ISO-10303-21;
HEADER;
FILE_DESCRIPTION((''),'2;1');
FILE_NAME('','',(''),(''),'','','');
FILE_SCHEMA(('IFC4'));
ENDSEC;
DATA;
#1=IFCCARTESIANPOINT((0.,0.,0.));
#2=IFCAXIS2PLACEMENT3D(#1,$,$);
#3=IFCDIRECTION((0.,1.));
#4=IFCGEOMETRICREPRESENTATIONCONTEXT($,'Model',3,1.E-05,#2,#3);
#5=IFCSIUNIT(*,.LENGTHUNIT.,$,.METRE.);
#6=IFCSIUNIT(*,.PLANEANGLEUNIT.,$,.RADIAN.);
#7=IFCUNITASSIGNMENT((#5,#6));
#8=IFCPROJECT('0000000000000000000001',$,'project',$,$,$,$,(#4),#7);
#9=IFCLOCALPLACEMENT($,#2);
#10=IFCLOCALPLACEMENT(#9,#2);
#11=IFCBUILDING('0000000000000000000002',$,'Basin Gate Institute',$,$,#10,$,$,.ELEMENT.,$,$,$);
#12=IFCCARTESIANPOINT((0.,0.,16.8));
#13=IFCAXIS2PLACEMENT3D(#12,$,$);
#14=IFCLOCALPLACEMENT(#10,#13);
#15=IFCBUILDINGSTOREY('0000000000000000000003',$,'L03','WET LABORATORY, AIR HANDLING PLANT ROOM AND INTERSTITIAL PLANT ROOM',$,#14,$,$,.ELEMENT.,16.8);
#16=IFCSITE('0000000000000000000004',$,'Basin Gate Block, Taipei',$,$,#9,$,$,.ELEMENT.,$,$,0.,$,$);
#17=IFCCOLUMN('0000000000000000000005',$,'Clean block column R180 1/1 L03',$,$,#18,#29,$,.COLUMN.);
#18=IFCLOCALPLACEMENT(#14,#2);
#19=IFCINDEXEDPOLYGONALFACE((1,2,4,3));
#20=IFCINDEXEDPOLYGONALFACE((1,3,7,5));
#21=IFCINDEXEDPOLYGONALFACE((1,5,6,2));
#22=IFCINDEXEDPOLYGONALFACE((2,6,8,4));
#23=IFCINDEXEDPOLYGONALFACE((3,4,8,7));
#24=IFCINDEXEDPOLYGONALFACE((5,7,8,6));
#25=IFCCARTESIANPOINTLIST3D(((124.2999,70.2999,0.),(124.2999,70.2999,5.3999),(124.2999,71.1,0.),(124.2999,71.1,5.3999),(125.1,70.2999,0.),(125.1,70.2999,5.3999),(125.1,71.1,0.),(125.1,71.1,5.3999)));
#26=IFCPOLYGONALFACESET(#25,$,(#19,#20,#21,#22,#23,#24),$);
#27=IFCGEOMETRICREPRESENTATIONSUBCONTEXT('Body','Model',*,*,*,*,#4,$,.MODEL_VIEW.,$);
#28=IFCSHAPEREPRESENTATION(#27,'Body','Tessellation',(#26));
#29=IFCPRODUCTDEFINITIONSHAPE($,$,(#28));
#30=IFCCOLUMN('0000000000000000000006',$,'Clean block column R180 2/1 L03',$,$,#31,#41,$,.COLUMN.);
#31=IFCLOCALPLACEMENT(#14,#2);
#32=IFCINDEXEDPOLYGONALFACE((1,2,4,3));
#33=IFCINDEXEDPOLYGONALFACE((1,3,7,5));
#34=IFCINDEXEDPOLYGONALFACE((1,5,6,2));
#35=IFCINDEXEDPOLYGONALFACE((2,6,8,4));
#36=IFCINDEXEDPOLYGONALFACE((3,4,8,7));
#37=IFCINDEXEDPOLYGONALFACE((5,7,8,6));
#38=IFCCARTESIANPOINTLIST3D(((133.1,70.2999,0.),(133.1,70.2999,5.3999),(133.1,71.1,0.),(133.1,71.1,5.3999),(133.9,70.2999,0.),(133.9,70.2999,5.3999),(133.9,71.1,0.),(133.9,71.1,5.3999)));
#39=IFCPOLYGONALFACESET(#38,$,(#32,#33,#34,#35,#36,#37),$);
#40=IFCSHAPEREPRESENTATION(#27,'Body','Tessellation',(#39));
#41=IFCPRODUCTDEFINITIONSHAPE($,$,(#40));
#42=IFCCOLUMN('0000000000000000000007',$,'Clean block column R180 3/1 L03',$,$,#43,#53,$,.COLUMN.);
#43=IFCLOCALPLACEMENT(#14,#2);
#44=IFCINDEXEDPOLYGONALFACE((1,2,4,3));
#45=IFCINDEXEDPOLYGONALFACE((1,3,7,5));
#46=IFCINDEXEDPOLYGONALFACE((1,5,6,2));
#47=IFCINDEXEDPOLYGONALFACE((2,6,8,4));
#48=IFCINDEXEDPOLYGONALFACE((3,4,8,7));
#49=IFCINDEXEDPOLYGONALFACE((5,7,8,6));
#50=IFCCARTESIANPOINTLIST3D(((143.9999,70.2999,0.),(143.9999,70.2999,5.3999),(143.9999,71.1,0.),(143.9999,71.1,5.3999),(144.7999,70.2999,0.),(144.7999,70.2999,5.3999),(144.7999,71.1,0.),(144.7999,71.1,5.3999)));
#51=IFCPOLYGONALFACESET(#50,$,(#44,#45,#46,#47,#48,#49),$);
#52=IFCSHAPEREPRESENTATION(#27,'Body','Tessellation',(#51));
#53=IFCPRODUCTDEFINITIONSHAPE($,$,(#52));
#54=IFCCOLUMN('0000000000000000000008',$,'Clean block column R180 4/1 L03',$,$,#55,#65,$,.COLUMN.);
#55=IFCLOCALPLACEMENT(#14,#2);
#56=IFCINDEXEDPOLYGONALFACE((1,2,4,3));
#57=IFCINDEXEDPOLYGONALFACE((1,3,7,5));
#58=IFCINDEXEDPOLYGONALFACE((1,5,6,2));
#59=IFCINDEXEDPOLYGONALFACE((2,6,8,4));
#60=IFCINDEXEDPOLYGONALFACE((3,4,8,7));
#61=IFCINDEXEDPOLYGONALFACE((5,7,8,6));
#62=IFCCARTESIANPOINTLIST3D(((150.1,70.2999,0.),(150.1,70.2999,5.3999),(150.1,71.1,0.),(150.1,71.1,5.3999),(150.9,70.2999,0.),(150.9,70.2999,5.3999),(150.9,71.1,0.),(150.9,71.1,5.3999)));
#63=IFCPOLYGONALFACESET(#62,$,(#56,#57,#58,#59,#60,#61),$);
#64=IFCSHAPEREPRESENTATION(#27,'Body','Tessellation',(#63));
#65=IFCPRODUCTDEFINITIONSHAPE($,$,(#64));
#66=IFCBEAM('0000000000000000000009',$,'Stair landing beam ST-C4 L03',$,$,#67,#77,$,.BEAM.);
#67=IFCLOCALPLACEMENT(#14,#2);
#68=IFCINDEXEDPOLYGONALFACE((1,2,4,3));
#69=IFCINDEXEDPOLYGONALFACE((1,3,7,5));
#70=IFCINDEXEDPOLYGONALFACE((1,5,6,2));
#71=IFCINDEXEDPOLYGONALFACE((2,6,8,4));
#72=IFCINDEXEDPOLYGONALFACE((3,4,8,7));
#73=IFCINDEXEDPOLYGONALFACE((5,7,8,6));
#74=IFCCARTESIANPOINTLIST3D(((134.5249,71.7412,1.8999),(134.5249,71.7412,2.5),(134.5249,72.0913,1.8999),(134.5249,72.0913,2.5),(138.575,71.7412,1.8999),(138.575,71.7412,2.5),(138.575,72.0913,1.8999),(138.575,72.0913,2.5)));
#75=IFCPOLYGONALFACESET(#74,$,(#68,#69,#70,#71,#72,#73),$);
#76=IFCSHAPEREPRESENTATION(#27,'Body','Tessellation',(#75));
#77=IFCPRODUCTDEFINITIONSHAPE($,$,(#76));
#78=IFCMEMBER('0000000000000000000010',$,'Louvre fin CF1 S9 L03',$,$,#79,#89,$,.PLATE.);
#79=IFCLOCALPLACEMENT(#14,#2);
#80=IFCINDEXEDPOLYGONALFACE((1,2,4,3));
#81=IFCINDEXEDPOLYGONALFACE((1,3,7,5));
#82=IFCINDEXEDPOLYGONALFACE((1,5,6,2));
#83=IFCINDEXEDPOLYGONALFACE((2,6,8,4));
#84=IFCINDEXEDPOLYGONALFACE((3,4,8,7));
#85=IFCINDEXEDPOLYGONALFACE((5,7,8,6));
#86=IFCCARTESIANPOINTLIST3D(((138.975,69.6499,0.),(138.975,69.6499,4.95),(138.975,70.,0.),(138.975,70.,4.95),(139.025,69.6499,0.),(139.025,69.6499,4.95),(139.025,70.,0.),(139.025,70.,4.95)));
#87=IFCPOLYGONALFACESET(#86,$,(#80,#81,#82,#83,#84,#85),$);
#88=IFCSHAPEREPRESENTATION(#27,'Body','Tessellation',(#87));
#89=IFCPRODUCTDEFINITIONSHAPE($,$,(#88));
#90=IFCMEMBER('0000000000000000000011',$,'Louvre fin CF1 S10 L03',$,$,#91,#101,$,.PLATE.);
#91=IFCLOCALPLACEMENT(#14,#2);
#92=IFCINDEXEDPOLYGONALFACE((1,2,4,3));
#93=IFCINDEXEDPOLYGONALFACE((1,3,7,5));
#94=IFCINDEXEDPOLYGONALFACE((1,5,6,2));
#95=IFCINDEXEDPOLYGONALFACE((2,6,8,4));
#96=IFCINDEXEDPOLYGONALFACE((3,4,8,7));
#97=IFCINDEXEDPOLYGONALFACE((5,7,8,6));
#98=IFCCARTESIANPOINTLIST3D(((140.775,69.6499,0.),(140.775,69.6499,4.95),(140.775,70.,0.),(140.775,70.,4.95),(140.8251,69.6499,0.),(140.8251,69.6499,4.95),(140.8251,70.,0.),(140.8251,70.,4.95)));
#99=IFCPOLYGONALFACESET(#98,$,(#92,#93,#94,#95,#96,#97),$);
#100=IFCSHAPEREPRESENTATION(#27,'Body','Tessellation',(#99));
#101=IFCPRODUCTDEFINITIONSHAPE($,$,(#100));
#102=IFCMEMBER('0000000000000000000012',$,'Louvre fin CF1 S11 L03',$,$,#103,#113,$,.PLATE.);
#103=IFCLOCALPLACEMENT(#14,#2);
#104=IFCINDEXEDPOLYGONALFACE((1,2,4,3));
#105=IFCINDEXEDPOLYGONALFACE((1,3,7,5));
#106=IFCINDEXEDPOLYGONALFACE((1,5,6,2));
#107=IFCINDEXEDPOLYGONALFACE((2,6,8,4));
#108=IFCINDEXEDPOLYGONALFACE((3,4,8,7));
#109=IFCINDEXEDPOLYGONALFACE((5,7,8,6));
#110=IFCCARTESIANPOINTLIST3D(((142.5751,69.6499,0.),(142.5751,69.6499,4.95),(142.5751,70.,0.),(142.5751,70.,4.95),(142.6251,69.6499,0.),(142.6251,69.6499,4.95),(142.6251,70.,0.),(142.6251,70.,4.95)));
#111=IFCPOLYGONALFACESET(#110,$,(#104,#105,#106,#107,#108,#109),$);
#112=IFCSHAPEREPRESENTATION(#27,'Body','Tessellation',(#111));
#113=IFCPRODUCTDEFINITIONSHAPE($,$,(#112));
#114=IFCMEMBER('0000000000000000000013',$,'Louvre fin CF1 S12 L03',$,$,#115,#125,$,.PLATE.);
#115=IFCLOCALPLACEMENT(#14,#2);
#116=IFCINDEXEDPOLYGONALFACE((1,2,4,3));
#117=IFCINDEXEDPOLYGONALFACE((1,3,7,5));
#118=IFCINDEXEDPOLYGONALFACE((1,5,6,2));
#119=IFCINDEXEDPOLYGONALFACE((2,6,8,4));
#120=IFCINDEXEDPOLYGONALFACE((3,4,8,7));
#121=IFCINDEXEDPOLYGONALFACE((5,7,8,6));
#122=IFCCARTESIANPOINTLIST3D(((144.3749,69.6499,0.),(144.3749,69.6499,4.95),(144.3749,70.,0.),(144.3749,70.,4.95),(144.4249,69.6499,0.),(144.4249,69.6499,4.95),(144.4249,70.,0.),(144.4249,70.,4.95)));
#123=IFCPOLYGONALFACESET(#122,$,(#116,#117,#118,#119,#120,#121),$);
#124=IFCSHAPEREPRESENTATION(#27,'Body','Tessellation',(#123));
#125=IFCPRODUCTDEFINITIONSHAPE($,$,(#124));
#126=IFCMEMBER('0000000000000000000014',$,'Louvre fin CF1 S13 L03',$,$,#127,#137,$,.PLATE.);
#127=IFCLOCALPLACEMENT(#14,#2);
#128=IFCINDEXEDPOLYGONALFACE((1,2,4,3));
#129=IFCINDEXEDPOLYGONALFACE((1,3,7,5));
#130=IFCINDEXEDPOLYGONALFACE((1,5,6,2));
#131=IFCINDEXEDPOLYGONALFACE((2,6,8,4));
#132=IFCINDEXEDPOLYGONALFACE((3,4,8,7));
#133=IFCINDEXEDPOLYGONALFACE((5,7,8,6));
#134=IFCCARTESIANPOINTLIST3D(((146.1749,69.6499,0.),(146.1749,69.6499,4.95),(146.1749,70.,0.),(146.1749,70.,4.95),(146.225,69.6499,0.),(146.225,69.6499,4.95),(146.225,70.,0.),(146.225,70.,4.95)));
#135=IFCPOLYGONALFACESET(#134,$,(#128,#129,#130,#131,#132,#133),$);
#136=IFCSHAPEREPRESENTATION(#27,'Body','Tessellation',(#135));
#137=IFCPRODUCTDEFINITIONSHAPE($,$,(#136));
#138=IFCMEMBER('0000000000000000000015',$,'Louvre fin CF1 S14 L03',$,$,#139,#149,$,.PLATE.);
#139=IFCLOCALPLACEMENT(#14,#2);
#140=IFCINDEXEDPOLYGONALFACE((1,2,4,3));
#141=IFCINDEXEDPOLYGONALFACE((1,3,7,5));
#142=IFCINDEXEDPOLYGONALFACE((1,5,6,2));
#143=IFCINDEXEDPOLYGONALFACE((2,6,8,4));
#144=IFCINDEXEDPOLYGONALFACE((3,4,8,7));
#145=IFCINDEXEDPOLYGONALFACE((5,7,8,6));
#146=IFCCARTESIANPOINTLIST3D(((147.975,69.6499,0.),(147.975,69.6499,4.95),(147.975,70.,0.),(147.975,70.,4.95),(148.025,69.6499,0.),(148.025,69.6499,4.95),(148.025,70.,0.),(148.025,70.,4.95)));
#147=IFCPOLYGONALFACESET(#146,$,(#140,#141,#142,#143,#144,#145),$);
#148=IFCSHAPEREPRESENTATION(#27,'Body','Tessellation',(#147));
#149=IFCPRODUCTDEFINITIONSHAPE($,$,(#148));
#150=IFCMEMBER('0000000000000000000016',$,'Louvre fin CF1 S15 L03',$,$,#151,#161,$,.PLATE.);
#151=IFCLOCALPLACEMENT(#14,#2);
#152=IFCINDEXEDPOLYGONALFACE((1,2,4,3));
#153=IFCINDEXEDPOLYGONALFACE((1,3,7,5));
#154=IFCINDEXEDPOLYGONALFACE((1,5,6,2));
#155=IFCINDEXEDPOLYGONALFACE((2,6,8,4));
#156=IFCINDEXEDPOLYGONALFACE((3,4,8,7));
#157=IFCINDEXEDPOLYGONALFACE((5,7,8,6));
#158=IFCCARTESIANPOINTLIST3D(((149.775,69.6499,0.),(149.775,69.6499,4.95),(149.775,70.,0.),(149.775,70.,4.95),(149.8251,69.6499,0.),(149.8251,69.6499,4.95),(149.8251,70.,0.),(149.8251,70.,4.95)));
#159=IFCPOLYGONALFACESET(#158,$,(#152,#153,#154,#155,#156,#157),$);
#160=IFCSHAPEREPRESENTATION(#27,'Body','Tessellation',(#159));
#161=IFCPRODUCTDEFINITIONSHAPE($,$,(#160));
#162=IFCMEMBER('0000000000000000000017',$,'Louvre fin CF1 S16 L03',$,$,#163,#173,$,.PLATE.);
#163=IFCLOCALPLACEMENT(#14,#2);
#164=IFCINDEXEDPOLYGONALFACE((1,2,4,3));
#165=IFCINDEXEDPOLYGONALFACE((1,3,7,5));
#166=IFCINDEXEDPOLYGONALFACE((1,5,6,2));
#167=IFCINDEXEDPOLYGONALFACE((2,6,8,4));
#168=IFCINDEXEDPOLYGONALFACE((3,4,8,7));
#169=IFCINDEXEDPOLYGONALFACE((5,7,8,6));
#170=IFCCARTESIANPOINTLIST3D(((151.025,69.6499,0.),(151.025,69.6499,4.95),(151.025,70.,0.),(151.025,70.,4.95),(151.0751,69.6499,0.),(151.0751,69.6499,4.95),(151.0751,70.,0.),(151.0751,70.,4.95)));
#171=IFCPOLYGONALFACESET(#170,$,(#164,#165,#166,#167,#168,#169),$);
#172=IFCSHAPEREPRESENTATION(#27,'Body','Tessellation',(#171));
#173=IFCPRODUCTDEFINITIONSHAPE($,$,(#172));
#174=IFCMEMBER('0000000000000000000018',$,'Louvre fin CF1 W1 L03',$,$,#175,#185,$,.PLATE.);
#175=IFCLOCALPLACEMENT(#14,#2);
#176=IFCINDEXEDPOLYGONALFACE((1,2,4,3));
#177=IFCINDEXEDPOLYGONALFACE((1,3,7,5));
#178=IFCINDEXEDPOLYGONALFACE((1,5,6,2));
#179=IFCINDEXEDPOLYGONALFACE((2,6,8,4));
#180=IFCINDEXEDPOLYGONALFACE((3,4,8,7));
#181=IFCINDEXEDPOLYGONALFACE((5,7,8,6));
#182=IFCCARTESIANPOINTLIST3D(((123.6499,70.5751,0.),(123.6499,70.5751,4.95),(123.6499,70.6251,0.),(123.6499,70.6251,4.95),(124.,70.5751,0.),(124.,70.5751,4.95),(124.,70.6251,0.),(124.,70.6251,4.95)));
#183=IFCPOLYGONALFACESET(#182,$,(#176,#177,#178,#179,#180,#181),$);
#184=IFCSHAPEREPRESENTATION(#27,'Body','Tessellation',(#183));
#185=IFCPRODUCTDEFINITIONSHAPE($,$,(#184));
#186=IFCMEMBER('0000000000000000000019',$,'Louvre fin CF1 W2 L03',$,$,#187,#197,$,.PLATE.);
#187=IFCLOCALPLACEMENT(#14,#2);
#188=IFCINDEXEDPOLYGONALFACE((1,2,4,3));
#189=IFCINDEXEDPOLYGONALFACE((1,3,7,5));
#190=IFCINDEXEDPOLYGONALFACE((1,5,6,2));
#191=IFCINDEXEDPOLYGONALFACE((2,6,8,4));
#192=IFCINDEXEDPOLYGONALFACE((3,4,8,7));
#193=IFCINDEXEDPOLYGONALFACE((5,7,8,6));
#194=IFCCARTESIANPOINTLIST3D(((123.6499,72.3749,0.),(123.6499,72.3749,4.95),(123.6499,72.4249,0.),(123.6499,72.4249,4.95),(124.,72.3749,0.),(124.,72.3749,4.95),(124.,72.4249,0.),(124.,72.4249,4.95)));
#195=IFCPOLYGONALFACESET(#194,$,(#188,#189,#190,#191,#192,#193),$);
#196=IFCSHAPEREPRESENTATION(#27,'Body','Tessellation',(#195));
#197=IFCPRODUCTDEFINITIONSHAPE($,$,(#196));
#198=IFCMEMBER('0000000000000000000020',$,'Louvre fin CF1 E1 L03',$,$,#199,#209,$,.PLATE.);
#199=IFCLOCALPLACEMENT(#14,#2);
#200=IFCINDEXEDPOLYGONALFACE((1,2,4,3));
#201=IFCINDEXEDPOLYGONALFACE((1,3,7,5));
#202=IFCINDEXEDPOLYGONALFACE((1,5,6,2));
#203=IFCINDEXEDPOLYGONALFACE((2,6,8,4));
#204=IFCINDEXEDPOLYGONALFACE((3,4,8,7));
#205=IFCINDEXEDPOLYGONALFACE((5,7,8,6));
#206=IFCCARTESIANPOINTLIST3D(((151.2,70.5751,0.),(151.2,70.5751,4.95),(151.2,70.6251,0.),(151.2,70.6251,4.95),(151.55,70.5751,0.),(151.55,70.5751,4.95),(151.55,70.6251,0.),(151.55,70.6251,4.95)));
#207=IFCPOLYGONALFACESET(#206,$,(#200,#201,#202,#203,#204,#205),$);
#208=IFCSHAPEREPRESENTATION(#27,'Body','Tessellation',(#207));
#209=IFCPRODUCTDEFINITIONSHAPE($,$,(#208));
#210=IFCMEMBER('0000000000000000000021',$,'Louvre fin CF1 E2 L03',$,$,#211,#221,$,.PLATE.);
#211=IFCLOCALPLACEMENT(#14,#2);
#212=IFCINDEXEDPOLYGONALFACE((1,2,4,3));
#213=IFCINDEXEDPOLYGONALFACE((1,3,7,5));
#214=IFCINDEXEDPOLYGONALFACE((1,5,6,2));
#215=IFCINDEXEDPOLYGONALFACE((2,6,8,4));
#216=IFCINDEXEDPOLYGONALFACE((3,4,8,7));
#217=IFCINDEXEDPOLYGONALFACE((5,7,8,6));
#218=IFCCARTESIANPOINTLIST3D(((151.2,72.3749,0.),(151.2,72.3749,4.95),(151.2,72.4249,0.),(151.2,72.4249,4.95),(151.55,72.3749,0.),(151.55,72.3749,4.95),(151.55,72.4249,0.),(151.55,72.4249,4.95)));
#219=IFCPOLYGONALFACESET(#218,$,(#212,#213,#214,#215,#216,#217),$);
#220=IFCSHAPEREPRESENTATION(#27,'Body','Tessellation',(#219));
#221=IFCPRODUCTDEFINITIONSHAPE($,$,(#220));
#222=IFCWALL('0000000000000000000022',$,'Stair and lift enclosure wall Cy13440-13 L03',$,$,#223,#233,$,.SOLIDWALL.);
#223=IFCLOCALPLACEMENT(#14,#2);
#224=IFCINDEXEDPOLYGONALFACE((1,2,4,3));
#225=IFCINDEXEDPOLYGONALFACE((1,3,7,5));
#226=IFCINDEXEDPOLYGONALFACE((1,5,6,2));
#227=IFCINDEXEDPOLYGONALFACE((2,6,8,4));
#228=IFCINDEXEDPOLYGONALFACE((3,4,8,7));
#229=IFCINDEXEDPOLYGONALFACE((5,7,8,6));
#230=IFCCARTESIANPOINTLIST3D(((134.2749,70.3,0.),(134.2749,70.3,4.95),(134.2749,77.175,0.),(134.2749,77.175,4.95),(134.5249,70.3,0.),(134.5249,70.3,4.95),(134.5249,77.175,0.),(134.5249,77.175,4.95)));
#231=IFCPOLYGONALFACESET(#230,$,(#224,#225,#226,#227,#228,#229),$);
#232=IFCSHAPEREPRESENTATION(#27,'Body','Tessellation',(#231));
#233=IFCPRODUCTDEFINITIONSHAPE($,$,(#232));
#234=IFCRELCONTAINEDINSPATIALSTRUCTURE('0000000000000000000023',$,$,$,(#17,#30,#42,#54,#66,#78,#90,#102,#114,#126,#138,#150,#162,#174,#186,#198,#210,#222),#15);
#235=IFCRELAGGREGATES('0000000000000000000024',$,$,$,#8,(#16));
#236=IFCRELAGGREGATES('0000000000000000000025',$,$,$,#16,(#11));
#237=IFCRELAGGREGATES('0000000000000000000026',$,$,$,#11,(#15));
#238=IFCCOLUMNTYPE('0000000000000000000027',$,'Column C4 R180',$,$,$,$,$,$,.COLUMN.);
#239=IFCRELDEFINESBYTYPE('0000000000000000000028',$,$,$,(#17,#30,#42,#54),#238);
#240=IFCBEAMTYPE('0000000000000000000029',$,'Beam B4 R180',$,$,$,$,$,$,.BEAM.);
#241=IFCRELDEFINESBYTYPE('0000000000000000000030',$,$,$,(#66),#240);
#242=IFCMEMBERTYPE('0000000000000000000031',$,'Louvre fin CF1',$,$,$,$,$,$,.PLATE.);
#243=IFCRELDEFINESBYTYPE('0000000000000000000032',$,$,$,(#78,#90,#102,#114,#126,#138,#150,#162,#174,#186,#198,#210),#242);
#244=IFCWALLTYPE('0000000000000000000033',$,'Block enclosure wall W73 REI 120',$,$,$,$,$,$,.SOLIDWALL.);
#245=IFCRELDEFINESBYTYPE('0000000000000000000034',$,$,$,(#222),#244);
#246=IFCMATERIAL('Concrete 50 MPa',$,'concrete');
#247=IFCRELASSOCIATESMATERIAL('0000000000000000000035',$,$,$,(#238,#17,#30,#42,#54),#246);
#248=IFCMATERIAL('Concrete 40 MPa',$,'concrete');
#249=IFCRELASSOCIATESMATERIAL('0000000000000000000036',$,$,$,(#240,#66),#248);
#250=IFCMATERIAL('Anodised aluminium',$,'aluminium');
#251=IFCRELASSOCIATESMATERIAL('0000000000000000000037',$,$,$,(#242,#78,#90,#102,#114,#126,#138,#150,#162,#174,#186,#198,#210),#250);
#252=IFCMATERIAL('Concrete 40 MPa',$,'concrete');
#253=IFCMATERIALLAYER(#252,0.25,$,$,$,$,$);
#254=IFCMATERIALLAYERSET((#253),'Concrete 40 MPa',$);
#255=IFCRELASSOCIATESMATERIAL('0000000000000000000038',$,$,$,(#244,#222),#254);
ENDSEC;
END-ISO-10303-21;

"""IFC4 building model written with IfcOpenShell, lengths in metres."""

from ifc_helpers import new_model, si_unit, direction, frame, frame_2d, origin, origin_2d, place, context, subcontext, project, spatial, rectangle, extrude, material, layer, layer_set, material_profile, profile_set, type_object, element, save


model = new_model("IFC4")

# Units and contexts
model_context = context("Model", 3, precision=1e-05, world=origin(), true_north=direction((0.0, 1.0)))
body_context = subcontext(model_context, "Body", "Model", "MODEL_VIEW")
ifc_project = project(units=[si_unit("LENGTHUNIT", "METRE"), si_unit("PLANEANGLEUNIT", "RADIAN")], contexts=[model_context])

# Site, building, storey
site_placement = place(None, origin())
site = spatial("IfcSite", under=ifc_project, at=site_placement, Name="Basin Gate Block, Taipei", CompositionType="ELEMENT", RefElevation=0.0)
building_placement = place(site_placement, origin())
building = spatial("IfcBuilding", under=site, at=building_placement, Name="Basin Gate Institute", CompositionType="ELEMENT")
storey_placement = place(building_placement, frame((0.0, 0.0, 16.8)))
storey = spatial("IfcBuildingStorey", under=building, at=storey_placement, Name="L03", Description="WET LABORATORY, AIR HANDLING PLANT ROOM AND INTERSTITIAL PLANT ROOM", CompositionType="ELEMENT", Elevation=16.8)

# Columns
ifc_material_1 = material(Name="Concrete 50 MPa", Category="concrete")
ifc_material_profile_1 = material_profile(ifc_material_1, rectangle(XDim=0.8, YDim=0.8, at=origin_2d()), Name="Column C4 800 x 800")
ifc_profile_set_1 = profile_set([ifc_material_profile_1], Name="Concrete 50 MPa")
column_type = type_object("IfcColumnType", Name="Column C4 R180", PredefinedType="COLUMN", material=ifc_profile_set_1)
for number, where, z_axis, x_axis, name in (
    (1, (124.7, 70.7, 0.0), (0.0, 0.0, 1.0), (1.0, 0.0, 0.0), "Clean block column R180 1/1 L03"),
    (2, (133.5, 70.7, 0.0), (0.0, 0.0, 1.0), (1.0, 0.0, 0.0), "Clean block column R180 2/1 L03"),
    (3, (144.3999, 70.7, 0.0), (0.0, 0.0, 1.0), (1.0, 0.0, 0.0), "Clean block column R180 3/1 L03"),
    (4, (150.5, 70.7, 0.0), (0.0, 0.0, 1.0), (1.0, 0.0, 0.0), "Clean block column R180 4/1 L03"),
):
    element("IfcColumn", number, at=place(storey_placement, frame(where, z_axis=z_axis, x_axis=x_axis)), inside=storey, type_object=column_type, material=ifc_profile_set_1, Name=name, PredefinedType="COLUMN", context=body_context, shape_type="SweptSolid", body=[
        extrude(rectangle(XDim=0.8, YDim=0.8, at=origin_2d()), origin(), (0.0, 0.0, 1.0), 5.3999),
    ])

# Beam
ifc_material_2 = material(Name="Concrete 40 MPa", Category="concrete")
ifc_material_profile_2 = material_profile(ifc_material_2, rectangle(XDim=0.3501, YDim=0.6001, at=origin_2d()), Name="Beam B4 350 x 600")
ifc_profile_set_2 = profile_set([ifc_material_profile_2], Name="Concrete 40 MPa")
beam_type = type_object("IfcBeamType", Name="Beam B4 R180", PredefinedType="BEAM", material=ifc_profile_set_2)
beam_placement = place(storey_placement, frame((134.5249, 71.9163, 2.2), z_axis=(1.0, 0.0, 0.0), x_axis=(0.0, 1.0, 0.0)))
element("IfcBeam", 5, at=beam_placement, inside=storey, type_object=beam_type, material=ifc_profile_set_2, Name="Stair landing beam ST-C4 L03", PredefinedType="BEAM", context=body_context, shape_type="SweptSolid", body=[
    extrude(rectangle(XDim=0.3501, YDim=0.6001, at=origin_2d()), origin(), (0.0, 0.0, 1.0), 4.05),
])

# Members
ifc_material_3 = material(Name="Anodised aluminium", Category="aluminium")
ifc_material_profile_3 = material_profile(ifc_material_3, rectangle(XDim=0.05, YDim=0.3501, at=origin_2d()), Name="Louvre fin CF1 50 x 350")
ifc_profile_set_3 = profile_set([ifc_material_profile_3], Name="Anodised aluminium")
member_type = type_object("IfcMemberType", Name="Louvre fin CF1", PredefinedType="PLATE", material=ifc_profile_set_3)
for number, where, z_axis, x_axis, name in (
    (6, (139.0, 69.825, 0.0), (0.0, 0.0, 1.0), (1.0, 0.0, 0.0), "Louvre fin CF1 S9 L03"),
    (7, (140.8, 69.825, 0.0), (0.0, 0.0, 1.0), (1.0, 0.0, 0.0), "Louvre fin CF1 S10 L03"),
    (8, (142.6001, 69.825, 0.0), (0.0, 0.0, 1.0), (1.0, 0.0, 0.0), "Louvre fin CF1 S11 L03"),
    (9, (144.3999, 69.825, 0.0), (0.0, 0.0, 1.0), (1.0, 0.0, 0.0), "Louvre fin CF1 S12 L03"),
    (10, (146.2, 69.825, 0.0), (0.0, 0.0, 1.0), (1.0, 0.0, 0.0), "Louvre fin CF1 S13 L03"),
    (11, (148.0, 69.825, 0.0), (0.0, 0.0, 1.0), (1.0, 0.0, 0.0), "Louvre fin CF1 S14 L03"),
    (12, (149.8, 69.825, 0.0), (0.0, 0.0, 1.0), (1.0, 0.0, 0.0), "Louvre fin CF1 S15 L03"),
    (13, (151.05, 69.825, 0.0), (0.0, 0.0, 1.0), (1.0, 0.0, 0.0), "Louvre fin CF1 S16 L03"),
    (14, (123.825, 70.6001, 0.0), (0.0, 0.0, 1.0), (0.0, 1.0, 0.0), "Louvre fin CF1 W1 L03"),
    (15, (123.825, 72.3999, 0.0), (0.0, 0.0, 1.0), (0.0, 1.0, 0.0), "Louvre fin CF1 W2 L03"),
    (16, (151.375, 70.6001, 0.0), (0.0, 0.0, 1.0), (0.0, 1.0, 0.0), "Louvre fin CF1 E1 L03"),
    (17, (151.375, 72.3999, 0.0), (0.0, 0.0, 1.0), (0.0, 1.0, 0.0), "Louvre fin CF1 E2 L03"),
):
    element("IfcMember", number, at=place(storey_placement, frame(where, z_axis=z_axis, x_axis=x_axis)), inside=storey, type_object=member_type, material=ifc_profile_set_3, Name=name, PredefinedType="PLATE", context=body_context, shape_type="SweptSolid", body=[
        extrude(rectangle(XDim=0.05, YDim=0.3501, at=origin_2d()), origin(), (0.0, 0.0, 1.0), 4.95),
    ])

# Wall
ifc_material_4 = material(Name="Concrete 40 MPa", Category="concrete")
ifc_layer_1 = layer(ifc_material_4, 0.25)
ifc_layer_set_1 = layer_set([ifc_layer_1], Name="Concrete 40 MPa")
wall_type_1 = type_object("IfcWallType", Name="Block enclosure wall W73 REI 120", PredefinedType="SOLIDWALL", material=ifc_layer_set_1)
wall_1_placement = place(storey_placement, frame((134.3999, 70.3, 0.0), z_axis=(0.0, 0.0, 1.0), x_axis=(0.0, 1.0, 0.0)))
element("IfcWall", 18, at=wall_1_placement, inside=storey, type_object=wall_type_1, material=ifc_layer_set_1, Name="Stair and lift enclosure wall Cy13440-13 L03", PredefinedType="SOLIDWALL", context=body_context, shape_type="SweptSolid", body=[
    extrude(rectangle(XDim=6.875, YDim=0.25, at=frame_2d((3.4375, 0.0))), origin(), (0.0, 0.0, 1.0), 4.95),
])

save(model, "model.ifc")
